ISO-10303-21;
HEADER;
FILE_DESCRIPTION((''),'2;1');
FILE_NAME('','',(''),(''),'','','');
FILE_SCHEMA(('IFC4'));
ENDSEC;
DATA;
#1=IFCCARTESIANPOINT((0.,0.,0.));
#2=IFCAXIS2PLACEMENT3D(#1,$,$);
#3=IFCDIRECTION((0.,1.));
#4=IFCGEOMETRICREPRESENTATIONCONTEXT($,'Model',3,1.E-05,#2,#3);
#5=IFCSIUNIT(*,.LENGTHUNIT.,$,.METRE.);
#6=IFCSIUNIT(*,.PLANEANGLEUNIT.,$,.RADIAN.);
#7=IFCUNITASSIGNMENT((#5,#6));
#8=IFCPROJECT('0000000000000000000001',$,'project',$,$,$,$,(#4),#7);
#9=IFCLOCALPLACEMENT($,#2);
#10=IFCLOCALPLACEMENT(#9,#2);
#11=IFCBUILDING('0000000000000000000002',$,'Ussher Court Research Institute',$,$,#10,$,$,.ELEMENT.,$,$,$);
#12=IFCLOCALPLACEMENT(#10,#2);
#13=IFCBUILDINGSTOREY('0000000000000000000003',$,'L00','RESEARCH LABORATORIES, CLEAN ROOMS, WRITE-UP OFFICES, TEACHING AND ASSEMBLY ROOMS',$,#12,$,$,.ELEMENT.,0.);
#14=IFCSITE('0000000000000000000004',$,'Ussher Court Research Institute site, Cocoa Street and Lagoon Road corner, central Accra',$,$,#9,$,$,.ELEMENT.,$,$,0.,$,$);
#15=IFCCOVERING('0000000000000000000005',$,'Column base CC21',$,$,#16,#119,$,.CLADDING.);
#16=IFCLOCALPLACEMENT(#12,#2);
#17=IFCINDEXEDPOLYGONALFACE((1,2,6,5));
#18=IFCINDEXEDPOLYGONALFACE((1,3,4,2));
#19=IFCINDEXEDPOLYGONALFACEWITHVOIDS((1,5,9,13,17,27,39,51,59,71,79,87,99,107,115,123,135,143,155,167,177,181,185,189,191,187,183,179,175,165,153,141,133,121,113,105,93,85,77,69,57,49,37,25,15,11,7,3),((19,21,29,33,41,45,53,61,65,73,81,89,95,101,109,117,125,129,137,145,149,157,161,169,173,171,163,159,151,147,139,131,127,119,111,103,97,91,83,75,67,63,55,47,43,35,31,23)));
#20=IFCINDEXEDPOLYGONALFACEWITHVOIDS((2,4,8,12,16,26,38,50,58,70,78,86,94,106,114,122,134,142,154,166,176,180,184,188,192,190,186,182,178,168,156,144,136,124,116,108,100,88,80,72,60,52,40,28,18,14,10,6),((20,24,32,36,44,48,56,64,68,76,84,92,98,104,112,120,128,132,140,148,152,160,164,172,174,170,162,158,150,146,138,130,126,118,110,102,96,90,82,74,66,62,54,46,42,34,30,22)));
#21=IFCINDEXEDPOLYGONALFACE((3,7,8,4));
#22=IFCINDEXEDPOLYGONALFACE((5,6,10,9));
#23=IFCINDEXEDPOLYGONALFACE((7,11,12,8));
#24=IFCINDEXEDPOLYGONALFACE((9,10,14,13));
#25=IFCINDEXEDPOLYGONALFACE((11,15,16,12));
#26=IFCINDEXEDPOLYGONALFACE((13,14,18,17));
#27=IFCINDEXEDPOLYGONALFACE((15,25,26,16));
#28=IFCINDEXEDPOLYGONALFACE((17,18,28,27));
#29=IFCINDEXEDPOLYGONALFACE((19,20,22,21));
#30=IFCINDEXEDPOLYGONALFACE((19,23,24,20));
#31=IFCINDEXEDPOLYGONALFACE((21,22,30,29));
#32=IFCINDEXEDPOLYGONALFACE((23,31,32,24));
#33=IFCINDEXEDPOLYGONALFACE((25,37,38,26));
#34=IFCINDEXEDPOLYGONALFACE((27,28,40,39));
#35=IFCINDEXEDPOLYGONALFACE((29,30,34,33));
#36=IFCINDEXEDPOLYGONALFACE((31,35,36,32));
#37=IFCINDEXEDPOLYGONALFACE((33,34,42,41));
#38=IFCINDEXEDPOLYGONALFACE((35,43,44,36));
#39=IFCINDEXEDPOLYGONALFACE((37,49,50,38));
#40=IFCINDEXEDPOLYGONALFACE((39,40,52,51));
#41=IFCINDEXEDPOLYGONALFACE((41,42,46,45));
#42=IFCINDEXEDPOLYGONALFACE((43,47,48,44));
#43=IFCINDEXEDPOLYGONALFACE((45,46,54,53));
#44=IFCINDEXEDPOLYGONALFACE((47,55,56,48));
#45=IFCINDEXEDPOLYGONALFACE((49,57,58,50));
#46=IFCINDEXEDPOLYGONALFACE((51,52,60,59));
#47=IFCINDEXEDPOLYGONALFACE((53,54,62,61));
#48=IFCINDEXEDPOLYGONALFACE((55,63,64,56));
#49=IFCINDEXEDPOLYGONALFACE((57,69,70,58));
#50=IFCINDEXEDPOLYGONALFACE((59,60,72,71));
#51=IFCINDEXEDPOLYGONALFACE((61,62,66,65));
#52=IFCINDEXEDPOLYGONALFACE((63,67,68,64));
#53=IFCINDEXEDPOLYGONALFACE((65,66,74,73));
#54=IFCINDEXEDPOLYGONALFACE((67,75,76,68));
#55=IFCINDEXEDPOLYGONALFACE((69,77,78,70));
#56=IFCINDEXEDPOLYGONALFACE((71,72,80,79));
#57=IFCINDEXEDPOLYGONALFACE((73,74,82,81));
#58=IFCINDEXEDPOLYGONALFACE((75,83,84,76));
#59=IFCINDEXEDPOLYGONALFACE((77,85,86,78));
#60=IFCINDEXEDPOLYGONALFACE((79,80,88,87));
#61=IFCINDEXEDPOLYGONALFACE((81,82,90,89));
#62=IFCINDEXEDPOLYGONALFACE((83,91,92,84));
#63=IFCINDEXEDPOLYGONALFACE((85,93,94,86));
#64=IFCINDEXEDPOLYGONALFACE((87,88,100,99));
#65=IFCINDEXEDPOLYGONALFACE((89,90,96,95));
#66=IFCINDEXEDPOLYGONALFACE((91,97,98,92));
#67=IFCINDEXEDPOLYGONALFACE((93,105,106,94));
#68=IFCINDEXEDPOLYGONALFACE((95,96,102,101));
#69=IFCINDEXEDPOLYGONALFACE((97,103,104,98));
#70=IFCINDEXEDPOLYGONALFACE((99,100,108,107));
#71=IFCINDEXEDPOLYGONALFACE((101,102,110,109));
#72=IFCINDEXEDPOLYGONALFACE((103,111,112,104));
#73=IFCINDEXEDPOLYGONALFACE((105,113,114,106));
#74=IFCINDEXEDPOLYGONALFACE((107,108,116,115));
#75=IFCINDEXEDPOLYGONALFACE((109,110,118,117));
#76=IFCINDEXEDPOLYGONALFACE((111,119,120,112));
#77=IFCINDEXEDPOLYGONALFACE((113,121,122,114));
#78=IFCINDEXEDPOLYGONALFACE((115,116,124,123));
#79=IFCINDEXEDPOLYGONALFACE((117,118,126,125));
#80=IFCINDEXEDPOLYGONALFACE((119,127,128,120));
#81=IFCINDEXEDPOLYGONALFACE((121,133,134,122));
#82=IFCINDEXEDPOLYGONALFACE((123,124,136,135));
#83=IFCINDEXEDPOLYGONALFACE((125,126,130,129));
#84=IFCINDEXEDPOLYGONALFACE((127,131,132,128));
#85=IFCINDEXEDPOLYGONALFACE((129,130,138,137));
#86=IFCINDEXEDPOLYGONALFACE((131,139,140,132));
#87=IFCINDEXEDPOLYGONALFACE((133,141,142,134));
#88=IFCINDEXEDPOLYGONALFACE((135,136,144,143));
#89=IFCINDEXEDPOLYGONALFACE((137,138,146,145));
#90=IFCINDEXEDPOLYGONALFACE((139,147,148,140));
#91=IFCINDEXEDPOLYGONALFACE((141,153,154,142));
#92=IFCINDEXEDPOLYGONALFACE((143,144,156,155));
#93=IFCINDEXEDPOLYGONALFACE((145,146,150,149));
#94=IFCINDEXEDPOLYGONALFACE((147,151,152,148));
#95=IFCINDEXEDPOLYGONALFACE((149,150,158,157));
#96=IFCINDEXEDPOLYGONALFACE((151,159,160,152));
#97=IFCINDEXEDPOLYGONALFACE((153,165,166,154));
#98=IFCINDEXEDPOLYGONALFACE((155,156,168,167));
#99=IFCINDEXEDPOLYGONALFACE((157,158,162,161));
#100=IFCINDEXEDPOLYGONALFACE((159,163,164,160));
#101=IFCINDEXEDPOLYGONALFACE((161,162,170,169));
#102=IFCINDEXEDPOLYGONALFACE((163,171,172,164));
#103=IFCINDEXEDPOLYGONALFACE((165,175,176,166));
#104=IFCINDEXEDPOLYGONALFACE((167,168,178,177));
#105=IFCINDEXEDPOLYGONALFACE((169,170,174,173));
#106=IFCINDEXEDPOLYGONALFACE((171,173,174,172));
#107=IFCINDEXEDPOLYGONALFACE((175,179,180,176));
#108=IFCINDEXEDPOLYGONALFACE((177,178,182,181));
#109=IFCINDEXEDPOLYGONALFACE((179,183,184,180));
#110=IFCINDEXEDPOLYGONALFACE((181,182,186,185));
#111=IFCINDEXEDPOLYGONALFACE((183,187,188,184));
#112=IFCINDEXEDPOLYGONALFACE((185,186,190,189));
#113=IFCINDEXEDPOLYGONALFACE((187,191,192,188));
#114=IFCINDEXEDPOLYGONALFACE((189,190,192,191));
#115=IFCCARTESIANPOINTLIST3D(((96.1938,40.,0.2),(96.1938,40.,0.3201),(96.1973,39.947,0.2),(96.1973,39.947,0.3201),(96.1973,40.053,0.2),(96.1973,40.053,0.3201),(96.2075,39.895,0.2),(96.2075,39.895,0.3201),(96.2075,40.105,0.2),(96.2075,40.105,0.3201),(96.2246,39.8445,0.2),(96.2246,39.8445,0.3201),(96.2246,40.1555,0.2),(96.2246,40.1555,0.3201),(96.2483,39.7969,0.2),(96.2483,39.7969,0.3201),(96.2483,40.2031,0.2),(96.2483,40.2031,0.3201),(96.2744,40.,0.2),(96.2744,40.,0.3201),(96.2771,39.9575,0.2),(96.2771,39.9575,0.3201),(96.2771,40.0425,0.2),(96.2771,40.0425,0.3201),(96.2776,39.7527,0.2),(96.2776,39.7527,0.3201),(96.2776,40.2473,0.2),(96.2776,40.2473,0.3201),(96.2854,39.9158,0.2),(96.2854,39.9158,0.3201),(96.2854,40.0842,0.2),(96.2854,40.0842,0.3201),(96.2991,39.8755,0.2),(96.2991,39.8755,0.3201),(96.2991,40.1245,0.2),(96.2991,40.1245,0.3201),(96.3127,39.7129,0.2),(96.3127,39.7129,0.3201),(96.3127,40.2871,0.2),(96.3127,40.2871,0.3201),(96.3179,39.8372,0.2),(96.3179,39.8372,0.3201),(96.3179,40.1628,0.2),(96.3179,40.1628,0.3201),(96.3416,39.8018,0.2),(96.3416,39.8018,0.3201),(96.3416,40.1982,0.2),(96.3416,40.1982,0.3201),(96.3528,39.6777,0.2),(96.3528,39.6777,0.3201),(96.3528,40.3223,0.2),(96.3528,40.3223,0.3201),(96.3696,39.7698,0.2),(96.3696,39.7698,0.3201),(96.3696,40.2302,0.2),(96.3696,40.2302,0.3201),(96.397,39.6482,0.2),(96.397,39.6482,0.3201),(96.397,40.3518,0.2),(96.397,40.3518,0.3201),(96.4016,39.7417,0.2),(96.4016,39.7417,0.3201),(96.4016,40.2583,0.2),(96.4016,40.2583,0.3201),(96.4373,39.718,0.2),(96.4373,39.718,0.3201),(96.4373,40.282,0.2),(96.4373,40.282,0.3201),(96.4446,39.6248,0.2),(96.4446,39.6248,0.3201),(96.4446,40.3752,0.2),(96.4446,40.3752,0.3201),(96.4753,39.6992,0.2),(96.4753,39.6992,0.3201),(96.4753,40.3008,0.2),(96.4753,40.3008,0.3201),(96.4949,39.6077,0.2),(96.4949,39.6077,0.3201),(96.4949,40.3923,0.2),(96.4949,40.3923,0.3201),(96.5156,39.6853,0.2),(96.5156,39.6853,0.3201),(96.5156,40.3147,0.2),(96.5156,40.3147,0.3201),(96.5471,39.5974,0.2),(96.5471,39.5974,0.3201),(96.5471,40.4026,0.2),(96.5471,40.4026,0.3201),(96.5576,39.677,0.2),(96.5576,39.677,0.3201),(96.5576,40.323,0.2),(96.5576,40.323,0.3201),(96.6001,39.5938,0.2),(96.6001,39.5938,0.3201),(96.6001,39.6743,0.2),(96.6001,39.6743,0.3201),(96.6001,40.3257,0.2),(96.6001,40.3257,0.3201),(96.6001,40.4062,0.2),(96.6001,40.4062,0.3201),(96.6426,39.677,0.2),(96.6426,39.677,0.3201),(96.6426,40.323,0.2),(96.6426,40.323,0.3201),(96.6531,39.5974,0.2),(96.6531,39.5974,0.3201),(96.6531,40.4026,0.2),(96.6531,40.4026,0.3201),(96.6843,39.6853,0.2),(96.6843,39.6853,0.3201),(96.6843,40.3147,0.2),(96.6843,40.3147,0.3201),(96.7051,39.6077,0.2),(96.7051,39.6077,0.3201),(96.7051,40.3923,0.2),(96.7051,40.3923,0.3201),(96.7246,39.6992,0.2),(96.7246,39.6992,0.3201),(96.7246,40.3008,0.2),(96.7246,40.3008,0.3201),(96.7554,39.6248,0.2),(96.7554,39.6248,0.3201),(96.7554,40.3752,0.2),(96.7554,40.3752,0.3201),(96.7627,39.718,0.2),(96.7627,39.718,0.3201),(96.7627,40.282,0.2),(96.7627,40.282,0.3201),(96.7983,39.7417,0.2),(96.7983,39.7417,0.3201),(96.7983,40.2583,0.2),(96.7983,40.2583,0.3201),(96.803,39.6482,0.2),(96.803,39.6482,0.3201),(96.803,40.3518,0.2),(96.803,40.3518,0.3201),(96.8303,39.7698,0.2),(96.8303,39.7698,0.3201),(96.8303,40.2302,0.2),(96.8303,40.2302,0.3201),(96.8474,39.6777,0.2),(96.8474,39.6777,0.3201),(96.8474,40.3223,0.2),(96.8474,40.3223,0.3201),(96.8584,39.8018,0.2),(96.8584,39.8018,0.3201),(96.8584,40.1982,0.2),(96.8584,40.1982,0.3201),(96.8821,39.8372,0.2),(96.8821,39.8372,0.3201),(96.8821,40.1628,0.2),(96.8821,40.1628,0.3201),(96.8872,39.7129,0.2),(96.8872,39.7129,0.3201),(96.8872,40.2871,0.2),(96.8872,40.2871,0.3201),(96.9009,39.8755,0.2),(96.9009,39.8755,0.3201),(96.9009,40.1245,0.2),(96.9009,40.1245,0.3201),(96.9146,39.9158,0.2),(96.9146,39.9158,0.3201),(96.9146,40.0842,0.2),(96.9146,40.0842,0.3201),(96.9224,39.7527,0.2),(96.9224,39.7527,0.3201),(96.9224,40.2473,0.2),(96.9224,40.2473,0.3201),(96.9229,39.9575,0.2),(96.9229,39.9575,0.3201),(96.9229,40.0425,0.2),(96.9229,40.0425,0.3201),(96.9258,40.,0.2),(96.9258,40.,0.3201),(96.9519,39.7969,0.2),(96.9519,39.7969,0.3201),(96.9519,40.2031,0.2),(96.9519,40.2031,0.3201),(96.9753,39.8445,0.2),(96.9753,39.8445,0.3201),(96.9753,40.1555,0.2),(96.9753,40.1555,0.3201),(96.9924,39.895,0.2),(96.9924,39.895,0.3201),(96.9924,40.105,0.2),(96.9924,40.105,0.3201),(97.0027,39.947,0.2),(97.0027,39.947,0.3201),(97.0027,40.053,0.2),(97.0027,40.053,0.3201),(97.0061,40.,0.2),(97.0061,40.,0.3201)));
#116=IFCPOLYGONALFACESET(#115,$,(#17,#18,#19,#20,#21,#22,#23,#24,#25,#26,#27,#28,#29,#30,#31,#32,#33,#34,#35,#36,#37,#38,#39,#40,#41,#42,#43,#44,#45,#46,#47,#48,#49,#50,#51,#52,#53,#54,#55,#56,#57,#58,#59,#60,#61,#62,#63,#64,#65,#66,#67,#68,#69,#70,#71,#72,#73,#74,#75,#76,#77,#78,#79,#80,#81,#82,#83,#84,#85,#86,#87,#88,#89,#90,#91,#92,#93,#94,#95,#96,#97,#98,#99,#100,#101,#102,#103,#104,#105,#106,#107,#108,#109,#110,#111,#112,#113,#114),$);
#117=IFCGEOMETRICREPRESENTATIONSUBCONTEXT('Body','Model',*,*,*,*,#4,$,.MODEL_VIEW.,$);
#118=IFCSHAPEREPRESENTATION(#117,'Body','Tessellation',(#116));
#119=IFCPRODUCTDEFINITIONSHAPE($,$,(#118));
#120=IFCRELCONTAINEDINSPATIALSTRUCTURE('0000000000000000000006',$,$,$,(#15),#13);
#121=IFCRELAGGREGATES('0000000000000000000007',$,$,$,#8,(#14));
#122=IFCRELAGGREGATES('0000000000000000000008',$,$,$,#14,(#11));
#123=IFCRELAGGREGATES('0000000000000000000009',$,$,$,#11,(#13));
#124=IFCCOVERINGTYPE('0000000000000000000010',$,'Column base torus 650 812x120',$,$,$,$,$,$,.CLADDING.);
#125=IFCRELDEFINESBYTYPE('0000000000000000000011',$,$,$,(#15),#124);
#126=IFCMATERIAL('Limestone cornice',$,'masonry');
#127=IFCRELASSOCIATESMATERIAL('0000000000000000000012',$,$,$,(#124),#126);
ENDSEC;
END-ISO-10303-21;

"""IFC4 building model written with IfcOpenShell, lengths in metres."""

from ifc_helpers import new_model, si_unit, direction, frame, origin, place, context, subcontext, project, spatial, polyline, outline, extrude, material, type_object, element, save


model = new_model("IFC4")

# Units and contexts
model_context = context("Model", 3, precision=1e-05, world=origin(), true_north=direction((0.0, 1.0)))
body_context = subcontext(model_context, "Body", "Model", "MODEL_VIEW")
ifc_project = project(units=[si_unit("LENGTHUNIT", "METRE"), si_unit("PLANEANGLEUNIT", "RADIAN")], contexts=[model_context])

# Site, building, storey
site_placement = place(None, origin())
site = spatial("IfcSite", under=ifc_project, at=site_placement, Name="Ussher Court Research Institute site, Cocoa Street and Lagoon Road corner, central Accra", CompositionType="ELEMENT", RefElevation=0.0)
building_placement = place(site_placement, origin())
building = spatial("IfcBuilding", under=site, at=building_placement, Name="Ussher Court Research Institute", CompositionType="ELEMENT")
storey_placement = place(building_placement, origin())
storey = spatial("IfcBuildingStorey", under=building, at=storey_placement, Name="L00", Description="RESEARCH LABORATORIES, CLEAN ROOMS, WRITE-UP OFFICES, TEACHING AND ASSEMBLY ROOMS", CompositionType="ELEMENT", Elevation=0.0)

# Covering
ifc_material_1 = material(Name="Limestone cornice", Category="masonry")
covering_type_1 = type_object("IfcCoveringType", Name="Column base torus 650 812x120", PredefinedType="CLADDING", material=ifc_material_1)
covering_1_placement = place(storey_placement, frame((0.0, 0.0, 0.2)))
element("IfcCovering", 1, at=covering_1_placement, inside=storey, type_object=covering_type_1, Name="Column base CC21", PredefinedType="CLADDING", context=body_context, shape_type="SweptSolid", body=[
    extrude(outline(polyline([(97.0061, 40.0), (97.0027, 40.053), (96.9924, 40.105), (96.9753, 40.1555), (96.9519, 40.2031), (96.9224, 40.2473), (96.8872, 40.2871), (96.8474, 40.3223), (96.803, 40.3518), (96.7554, 40.3752), (96.7051, 40.3923), (96.6531, 40.4026), (96.6001, 40.4062), (96.5471, 40.4026), (96.4949, 40.3923), (96.4446, 40.3752), (96.397, 40.3518), (96.3528, 40.3223), (96.3127, 40.2871), (96.2776, 40.2473), (96.2483, 40.2031), (96.2246, 40.1555), (96.2075, 40.105), (96.1973, 40.053), (96.1938, 40.0), (96.1973, 39.947), (96.2075, 39.895), (96.2246, 39.8445), (96.2483, 39.7969), (96.2776, 39.7527), (96.3127, 39.7129), (96.3528, 39.6777), (96.397, 39.6482), (96.4446, 39.6248), (96.4949, 39.6077), (96.5471, 39.5974), (96.6001, 39.5938), (96.6531, 39.5974), (96.7051, 39.6077), (96.7554, 39.6248), (96.803, 39.6482), (96.8474, 39.6777), (96.8872, 39.7129), (96.9224, 39.7527), (96.9519, 39.7969), (96.9753, 39.8445), (96.9924, 39.895), (97.0027, 39.947), (97.0061, 40.0)]), holes=[polyline([(96.9258, 40.0), (96.9229, 40.0425), (96.9146, 40.0842), (96.9009, 40.1245), (96.8821, 40.1628), (96.8584, 40.1982), (96.8303, 40.2302), (96.7983, 40.2583), (96.7627, 40.282), (96.7246, 40.3008), (96.6843, 40.3147), (96.6426, 40.323), (96.6001, 40.3257), (96.5576, 40.323), (96.5156, 40.3147), (96.4753, 40.3008), (96.4373, 40.282), (96.4016, 40.2583), (96.3696, 40.2302), (96.3416, 40.1982), (96.3179, 40.1628), (96.2991, 40.1245), (96.2854, 40.0842), (96.2771, 40.0425), (96.2744, 40.0), (96.2771, 39.9575), (96.2854, 39.9158), (96.2991, 39.8755), (96.3179, 39.8372), (96.3416, 39.8018), (96.3696, 39.7698), (96.4016, 39.7417), (96.4373, 39.718), (96.4753, 39.6992), (96.5156, 39.6853), (96.5576, 39.677), (96.6001, 39.6743), (96.6426, 39.677), (96.6843, 39.6853), (96.7246, 39.6992), (96.7627, 39.718), (96.7983, 39.7417), (96.8303, 39.7698), (96.8584, 39.8018), (96.8821, 39.8372), (96.9009, 39.8755), (96.9146, 39.9158), (96.9229, 39.9575), (96.9258, 40.0)])]), origin(), (0.0, 0.0, 1.0), 0.1201),
])

save(model, "model.ifc")
